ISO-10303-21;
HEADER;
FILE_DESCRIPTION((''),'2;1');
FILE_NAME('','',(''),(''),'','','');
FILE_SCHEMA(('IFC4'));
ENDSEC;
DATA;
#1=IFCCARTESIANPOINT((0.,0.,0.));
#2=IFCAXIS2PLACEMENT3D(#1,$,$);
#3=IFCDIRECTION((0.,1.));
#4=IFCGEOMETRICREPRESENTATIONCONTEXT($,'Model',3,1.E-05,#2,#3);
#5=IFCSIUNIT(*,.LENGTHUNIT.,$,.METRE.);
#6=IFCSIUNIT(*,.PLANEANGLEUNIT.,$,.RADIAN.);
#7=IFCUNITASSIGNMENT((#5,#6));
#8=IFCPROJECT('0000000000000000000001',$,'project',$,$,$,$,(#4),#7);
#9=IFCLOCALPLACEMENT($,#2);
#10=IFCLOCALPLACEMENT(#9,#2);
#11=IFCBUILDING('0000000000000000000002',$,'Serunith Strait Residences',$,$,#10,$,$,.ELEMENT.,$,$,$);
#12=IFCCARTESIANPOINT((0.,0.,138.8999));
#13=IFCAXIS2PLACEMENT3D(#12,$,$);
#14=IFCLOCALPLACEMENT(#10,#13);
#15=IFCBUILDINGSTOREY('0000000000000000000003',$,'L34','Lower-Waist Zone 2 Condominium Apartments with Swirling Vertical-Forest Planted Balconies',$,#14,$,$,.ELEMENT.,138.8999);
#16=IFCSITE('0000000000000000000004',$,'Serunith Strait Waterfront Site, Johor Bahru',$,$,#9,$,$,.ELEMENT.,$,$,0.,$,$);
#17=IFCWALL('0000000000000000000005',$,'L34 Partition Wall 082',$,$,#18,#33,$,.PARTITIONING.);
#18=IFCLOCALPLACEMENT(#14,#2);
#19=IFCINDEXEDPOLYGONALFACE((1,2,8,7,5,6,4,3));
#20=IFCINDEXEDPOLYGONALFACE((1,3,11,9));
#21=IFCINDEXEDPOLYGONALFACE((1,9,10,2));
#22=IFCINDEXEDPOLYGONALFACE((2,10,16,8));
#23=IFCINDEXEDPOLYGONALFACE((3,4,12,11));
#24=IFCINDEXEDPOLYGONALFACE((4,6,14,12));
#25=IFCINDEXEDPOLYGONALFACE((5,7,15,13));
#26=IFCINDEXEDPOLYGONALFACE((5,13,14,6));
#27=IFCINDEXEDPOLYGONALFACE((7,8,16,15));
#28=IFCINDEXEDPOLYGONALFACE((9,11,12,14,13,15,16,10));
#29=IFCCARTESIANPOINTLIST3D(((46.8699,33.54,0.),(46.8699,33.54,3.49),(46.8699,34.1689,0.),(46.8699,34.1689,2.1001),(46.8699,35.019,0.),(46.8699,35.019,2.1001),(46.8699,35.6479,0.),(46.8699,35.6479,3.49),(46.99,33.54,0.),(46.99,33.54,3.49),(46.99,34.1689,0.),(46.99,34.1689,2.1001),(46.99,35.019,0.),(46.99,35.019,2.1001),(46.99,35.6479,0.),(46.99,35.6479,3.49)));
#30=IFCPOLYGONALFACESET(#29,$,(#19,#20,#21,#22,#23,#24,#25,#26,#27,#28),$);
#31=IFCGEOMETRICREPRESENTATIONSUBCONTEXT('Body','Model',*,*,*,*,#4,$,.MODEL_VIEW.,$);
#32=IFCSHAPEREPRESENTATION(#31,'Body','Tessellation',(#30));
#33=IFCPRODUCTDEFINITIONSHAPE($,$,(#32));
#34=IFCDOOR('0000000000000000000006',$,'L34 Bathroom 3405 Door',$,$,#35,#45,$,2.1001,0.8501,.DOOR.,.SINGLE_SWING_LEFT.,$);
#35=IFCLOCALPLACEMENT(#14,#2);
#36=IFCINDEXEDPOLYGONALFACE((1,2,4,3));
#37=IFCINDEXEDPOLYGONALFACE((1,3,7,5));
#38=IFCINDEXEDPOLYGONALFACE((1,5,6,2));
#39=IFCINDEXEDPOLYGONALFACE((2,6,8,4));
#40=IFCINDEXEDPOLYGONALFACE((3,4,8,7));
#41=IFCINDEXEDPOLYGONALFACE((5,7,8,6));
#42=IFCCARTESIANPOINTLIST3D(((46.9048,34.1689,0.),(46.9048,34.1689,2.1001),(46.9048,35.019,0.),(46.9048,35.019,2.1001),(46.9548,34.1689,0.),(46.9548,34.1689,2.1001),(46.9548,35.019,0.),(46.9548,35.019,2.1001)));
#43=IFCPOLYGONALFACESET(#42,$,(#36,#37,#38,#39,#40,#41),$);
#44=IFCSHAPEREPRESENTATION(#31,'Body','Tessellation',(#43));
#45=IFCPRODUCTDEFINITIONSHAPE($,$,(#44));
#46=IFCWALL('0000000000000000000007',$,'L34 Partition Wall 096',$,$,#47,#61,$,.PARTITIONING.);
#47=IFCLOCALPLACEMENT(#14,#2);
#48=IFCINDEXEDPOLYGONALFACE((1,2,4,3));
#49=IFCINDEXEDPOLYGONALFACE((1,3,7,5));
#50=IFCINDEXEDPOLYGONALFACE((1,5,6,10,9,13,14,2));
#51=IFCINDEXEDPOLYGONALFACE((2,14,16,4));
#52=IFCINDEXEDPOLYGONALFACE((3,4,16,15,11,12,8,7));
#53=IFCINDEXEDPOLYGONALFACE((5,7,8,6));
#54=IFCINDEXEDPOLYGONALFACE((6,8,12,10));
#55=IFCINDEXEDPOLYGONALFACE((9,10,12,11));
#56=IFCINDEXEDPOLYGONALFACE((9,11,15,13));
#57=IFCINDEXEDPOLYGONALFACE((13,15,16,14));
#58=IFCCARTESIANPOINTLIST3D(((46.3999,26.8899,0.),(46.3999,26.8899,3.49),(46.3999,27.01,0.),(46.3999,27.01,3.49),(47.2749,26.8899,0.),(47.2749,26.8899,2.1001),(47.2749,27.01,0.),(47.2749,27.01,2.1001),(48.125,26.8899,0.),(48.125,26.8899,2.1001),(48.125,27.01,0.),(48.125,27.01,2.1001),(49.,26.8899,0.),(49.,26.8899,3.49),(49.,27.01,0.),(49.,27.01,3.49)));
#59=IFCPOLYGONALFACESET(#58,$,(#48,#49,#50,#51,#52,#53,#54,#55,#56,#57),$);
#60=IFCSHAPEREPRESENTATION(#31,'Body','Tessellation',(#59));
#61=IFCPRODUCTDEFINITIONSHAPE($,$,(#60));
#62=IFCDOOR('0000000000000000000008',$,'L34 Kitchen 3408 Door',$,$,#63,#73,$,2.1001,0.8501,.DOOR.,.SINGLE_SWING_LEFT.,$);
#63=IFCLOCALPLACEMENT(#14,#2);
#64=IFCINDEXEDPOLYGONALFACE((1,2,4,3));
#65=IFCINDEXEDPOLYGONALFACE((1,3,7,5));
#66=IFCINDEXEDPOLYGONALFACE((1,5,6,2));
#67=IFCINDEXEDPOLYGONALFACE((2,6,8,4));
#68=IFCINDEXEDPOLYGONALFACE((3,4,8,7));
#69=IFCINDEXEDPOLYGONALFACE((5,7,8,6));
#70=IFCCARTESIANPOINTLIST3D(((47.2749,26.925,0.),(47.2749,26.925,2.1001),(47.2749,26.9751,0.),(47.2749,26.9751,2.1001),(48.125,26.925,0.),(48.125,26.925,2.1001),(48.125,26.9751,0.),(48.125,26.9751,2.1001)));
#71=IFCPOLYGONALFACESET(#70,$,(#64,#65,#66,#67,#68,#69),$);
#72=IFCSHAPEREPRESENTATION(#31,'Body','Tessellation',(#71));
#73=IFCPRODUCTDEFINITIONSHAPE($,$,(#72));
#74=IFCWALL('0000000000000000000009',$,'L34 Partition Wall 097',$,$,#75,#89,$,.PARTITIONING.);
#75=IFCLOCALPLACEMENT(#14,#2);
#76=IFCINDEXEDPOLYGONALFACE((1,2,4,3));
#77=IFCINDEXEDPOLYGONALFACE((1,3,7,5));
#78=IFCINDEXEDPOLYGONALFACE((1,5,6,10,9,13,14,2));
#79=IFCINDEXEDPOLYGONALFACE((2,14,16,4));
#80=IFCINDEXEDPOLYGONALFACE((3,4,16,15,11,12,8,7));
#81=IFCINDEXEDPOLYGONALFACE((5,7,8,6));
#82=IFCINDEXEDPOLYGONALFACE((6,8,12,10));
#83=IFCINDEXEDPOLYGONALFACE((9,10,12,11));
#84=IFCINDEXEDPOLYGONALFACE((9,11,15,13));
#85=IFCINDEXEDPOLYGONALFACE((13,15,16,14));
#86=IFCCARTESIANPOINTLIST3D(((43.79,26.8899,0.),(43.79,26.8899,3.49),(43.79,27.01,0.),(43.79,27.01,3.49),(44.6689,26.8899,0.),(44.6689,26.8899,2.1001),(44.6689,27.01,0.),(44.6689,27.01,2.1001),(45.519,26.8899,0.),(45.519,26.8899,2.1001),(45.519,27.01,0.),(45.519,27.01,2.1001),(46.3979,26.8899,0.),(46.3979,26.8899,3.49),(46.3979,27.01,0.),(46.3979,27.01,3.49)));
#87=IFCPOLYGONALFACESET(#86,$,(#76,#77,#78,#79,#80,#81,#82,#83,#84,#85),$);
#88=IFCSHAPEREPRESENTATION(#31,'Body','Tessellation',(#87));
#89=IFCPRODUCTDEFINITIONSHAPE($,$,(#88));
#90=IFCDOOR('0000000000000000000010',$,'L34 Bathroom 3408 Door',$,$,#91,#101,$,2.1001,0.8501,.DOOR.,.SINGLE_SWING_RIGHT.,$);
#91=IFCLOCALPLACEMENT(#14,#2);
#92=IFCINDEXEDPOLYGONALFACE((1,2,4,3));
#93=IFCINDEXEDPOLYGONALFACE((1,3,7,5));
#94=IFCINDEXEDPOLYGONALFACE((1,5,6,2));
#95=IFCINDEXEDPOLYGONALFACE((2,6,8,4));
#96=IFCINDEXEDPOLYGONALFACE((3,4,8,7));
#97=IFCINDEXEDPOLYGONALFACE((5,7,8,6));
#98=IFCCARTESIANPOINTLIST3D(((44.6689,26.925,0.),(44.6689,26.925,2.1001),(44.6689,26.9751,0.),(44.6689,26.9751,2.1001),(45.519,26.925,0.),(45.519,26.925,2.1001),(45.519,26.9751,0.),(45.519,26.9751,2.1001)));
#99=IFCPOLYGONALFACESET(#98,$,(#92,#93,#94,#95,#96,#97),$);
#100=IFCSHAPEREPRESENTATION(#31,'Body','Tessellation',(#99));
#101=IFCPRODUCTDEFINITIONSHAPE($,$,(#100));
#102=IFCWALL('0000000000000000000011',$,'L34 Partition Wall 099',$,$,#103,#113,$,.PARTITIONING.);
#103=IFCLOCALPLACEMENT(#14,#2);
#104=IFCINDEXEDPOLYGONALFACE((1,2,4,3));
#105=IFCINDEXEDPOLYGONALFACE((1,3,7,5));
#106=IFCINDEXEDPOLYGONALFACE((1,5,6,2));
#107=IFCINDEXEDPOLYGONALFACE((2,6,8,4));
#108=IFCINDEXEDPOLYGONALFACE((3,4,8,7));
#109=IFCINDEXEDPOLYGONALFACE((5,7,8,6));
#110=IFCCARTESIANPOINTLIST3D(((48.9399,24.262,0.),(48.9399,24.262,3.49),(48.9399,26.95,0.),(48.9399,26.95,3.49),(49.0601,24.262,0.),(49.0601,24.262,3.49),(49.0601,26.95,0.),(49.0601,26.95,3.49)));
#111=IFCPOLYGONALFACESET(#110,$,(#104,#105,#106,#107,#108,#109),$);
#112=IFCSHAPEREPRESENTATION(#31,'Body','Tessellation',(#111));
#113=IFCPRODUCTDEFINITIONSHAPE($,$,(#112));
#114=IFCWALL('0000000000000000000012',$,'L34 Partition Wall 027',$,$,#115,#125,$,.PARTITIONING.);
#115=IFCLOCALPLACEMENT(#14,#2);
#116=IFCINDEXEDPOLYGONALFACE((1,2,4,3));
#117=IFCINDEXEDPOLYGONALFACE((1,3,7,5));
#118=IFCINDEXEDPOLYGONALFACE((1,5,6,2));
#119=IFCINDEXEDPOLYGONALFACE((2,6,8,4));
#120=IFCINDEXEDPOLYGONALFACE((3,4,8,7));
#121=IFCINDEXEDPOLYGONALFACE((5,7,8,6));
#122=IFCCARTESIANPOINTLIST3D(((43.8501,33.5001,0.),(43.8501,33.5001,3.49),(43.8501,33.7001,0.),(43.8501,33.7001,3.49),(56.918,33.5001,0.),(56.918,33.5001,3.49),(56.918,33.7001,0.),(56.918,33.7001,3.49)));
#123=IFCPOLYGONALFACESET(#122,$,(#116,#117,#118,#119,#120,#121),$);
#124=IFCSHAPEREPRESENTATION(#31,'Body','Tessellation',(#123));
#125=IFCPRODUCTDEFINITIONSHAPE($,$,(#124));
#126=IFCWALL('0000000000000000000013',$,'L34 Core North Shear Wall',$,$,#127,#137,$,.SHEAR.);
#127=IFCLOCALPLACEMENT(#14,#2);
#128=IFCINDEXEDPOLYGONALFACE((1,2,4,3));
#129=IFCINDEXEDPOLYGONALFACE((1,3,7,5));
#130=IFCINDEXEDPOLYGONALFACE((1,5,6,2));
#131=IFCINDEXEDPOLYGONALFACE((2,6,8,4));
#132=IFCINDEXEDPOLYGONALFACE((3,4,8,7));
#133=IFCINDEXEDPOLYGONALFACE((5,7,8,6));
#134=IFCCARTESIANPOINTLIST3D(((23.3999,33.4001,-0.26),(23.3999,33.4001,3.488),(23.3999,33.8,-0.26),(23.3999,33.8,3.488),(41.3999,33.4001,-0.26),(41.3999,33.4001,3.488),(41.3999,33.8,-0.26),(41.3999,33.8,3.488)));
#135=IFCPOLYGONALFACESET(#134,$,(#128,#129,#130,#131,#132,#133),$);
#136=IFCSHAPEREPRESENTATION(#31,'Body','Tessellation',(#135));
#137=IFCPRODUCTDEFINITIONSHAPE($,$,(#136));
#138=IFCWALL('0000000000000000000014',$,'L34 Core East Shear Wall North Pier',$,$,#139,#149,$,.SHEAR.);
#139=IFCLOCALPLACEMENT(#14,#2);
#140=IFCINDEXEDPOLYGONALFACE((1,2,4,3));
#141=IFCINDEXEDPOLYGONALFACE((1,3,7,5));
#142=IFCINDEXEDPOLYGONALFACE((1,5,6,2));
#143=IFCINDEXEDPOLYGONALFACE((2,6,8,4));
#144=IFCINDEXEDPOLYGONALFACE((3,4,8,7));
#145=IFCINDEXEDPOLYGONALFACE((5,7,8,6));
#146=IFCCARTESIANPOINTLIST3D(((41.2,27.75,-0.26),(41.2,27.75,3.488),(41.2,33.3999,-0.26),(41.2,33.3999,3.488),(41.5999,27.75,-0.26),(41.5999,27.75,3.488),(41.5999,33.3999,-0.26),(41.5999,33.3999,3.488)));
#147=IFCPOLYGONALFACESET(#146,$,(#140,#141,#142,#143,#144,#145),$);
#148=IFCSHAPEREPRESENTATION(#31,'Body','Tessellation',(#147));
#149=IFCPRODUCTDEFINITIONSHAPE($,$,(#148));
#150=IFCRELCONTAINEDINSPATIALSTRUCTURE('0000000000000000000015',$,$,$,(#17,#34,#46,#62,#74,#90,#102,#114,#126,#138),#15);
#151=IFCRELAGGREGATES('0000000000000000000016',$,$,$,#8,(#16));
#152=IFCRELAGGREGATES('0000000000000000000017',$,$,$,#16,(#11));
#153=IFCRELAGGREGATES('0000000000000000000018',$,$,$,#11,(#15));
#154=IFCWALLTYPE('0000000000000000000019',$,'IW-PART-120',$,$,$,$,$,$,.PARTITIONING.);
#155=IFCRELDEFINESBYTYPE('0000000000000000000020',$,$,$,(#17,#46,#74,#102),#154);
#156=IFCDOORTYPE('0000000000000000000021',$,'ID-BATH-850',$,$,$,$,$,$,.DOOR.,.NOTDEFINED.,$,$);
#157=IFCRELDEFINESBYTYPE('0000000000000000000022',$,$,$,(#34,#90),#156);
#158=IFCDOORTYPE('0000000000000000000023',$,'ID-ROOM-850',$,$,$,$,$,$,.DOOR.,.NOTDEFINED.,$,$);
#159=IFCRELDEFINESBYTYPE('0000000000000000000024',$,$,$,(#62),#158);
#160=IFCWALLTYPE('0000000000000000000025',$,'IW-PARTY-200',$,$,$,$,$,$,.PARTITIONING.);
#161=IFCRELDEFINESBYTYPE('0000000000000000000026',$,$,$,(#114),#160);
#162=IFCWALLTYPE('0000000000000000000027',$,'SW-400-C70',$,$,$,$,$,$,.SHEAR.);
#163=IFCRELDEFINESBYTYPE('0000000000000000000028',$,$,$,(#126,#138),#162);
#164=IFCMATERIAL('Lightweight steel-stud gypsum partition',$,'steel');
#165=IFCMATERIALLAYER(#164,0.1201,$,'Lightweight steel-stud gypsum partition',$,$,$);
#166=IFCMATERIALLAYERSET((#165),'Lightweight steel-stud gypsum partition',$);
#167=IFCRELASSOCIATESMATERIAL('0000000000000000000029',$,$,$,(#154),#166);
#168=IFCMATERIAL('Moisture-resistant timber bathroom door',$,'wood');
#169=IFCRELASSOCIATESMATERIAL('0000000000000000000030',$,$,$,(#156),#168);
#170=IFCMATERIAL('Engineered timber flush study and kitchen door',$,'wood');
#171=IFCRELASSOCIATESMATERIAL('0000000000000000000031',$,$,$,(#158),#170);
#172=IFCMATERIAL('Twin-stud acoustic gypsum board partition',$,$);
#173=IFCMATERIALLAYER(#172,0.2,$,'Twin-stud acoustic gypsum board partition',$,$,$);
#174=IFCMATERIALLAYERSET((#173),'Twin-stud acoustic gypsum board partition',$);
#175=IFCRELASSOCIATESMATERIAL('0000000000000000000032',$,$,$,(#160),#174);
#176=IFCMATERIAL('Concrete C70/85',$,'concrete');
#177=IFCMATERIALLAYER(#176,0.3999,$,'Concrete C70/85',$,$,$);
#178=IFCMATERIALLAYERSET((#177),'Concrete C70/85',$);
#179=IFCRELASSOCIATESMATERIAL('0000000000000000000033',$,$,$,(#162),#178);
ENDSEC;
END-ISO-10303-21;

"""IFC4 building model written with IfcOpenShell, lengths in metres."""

from ifc_helpers import new_model, si_unit, direction, frame, frame_2d, origin, place, context, subcontext, project, spatial, rectangle, extrude, source, transform, mapped, material, layer, layer_set, type_object, element, fill, save


model = new_model("IFC4")

# Units and contexts
model_context = context("Model", 3, precision=1e-05, world=origin(), true_north=direction((0.0, 1.0)))
body_context = subcontext(model_context, "Body", "Model", "MODEL_VIEW")
ifc_project = project(units=[si_unit("LENGTHUNIT", "METRE"), si_unit("PLANEANGLEUNIT", "RADIAN")], contexts=[model_context])

# Site, building, storey
site_placement = place(None, origin())
site = spatial("IfcSite", under=ifc_project, at=site_placement, Name="Serunith Strait Waterfront Site, Johor Bahru", CompositionType="ELEMENT", RefElevation=0.0)
building_placement = place(site_placement, origin())
building = spatial("IfcBuilding", under=site, at=building_placement, Name="Serunith Strait Residences", CompositionType="ELEMENT")
storey_placement = place(building_placement, frame((0.0, 0.0, 138.8999)))
storey = spatial("IfcBuildingStorey", under=building, at=storey_placement, Name="L34", Description="Lower-Waist Zone 2 Condominium Apartments with Swirling Vertical-Forest Planted Balconies", CompositionType="ELEMENT", Elevation=138.8999)

# Shared definitions
ifc_material_1 = material(Name="Lightweight steel-stud gypsum partition", Category="steel")
ifc_layer_1 = layer(ifc_material_1, 0.1201, Name="Lightweight steel-stud gypsum partition")
ifc_layer_set_1 = layer_set([ifc_layer_1], Name="Lightweight steel-stud gypsum partition")
wall_type_1 = type_object("IfcWallType", Name="IW-PART-120", PredefinedType="PARTITIONING", material=ifc_layer_set_1)

# Walls, openings, doors
wall_1_placement = place(storey_placement, frame((46.9299, 35.6479, 0.0), z_axis=(0.0, 0.0, 1.0), x_axis=(0.0, -1.0, 0.0)))
wall_1 = element("IfcWall", 1, at=wall_1_placement, inside=storey, type_object=wall_type_1, Name="L34 Partition Wall 082", PredefinedType="PARTITIONING", context=body_context, shape_type="SweptSolid", body=[
    extrude(rectangle(XDim=2.1079, YDim=0.1201, at=frame_2d((1.054, 0.0))), origin(), (0.0, 0.0, 1.0), 3.49),
])
opening_1_placement = place(wall_1_placement, frame((0.6289, 0.0, 0.0)))
opening_1 = element("IfcOpeningElement", 2, at=opening_1_placement, cuts=wall_1, PredefinedType="OPENING", context=body_context, shape_type="SweptSolid", body=[
    extrude(rectangle(XDim=0.8501, YDim=2.1001, at=frame_2d((0.425, 1.05))), frame((0.0, 0.0701, 0.0), z_axis=(0.0, -1.0, 0.0), x_axis=(1.0, 0.0, 0.0)), (0.0, 0.0, 1.0), 0.1401),
])
ifc_material_2 = material(Name="Moisture-resistant timber bathroom door", Category="wood")
door_type_1 = type_object("IfcDoorType", Name="ID-BATH-850", OperationType="NOTDEFINED", PredefinedType="DOOR", material=ifc_material_2)
shared_shape_1 = source(origin(), body_context, "Body", "SweptSolid", [
    extrude(rectangle(XDim=0.8501, YDim=2.1001, at=frame_2d((0.425, 1.05))), frame((0.0, 0.0249, 0.0), z_axis=(0.0, -1.0, 0.0), x_axis=(1.0, 0.0, 0.0)), (0.0, 0.0, 1.0), 0.05),
])
door_1_placement = place(opening_1_placement, origin())
door_1 = element("IfcDoor", 3, at=door_1_placement, inside=storey, type_object=door_type_1, Name="L34 Bathroom 3405 Door", OperationType="SINGLE_SWING_LEFT", OverallHeight=2.1001, OverallWidth=0.8501, PredefinedType="DOOR", context=body_context, shape_type="MappedRepresentation", body=[
    mapped(shared_shape_1, transform((0.0, 0.0, 0.0), scale=1.0)),
])
fill(opening_1, door_1)
wall_2_placement = place(storey_placement, frame((49.0, 26.95, 0.0), z_axis=(0.0, 0.0, 1.0), x_axis=(-1.0, 0.0, 0.0)))
wall_2 = element("IfcWall", 4, at=wall_2_placement, inside=storey, type_object=wall_type_1, Name="L34 Partition Wall 096", PredefinedType="PARTITIONING", context=body_context, shape_type="SweptSolid", body=[
    extrude(rectangle(XDim=2.6001, YDim=0.1201, at=frame_2d((1.3, 0.0))), origin(), (0.0, 0.0, 1.0), 3.49),
])
opening_2_placement = place(wall_2_placement, frame((0.875, 0.0, 0.0)))
opening_2 = element("IfcOpeningElement", 5, at=opening_2_placement, cuts=wall_2, PredefinedType="OPENING", context=body_context, shape_type="SweptSolid", body=[
    extrude(rectangle(XDim=0.8501, YDim=2.1001, at=frame_2d((0.425, 1.05))), frame((0.0, 0.0701, 0.0), z_axis=(0.0, -1.0, 0.0), x_axis=(1.0, 0.0, 0.0)), (0.0, 0.0, 1.0), 0.1401),
])
ifc_material_3 = material(Name="Engineered timber flush study and kitchen door", Category="wood")
door_type_2 = type_object("IfcDoorType", Name="ID-ROOM-850", OperationType="NOTDEFINED", PredefinedType="DOOR", material=ifc_material_3)
door_2_placement = place(opening_2_placement, origin())
door_2 = element("IfcDoor", 6, at=door_2_placement, inside=storey, type_object=door_type_2, Name="L34 Kitchen 3408 Door", OperationType="SINGLE_SWING_LEFT", OverallHeight=2.1001, OverallWidth=0.8501, PredefinedType="DOOR", context=body_context, shape_type="MappedRepresentation", body=[
    mapped(shared_shape_1, transform((0.0, 0.0, 0.0), scale=1.0)),
])
fill(opening_2, door_2)
wall_3_placement = place(storey_placement, frame((46.3979, 26.95, 0.0), z_axis=(0.0, 0.0, 1.0), x_axis=(-1.0, 0.0, 0.0)))
wall_3 = element("IfcWall", 7, at=wall_3_placement, inside=storey, type_object=wall_type_1, Name="L34 Partition Wall 097", PredefinedType="PARTITIONING", context=body_context, shape_type="SweptSolid", body=[
    extrude(rectangle(XDim=2.6079, YDim=0.1201, at=frame_2d((1.304, 0.0))), origin(), (0.0, 0.0, 1.0), 3.49),
])
opening_3_placement = place(wall_3_placement, frame((0.8789, 0.0, 0.0)))
opening_3 = element("IfcOpeningElement", 8, at=opening_3_placement, cuts=wall_3, PredefinedType="OPENING", context=body_context, shape_type="SweptSolid", body=[
    extrude(rectangle(XDim=0.8501, YDim=2.1001, at=frame_2d((0.425, 1.05))), frame((0.0, 0.0701, 0.0), z_axis=(0.0, -1.0, 0.0), x_axis=(1.0, 0.0, 0.0)), (0.0, 0.0, 1.0), 0.1401),
])
door_3_placement = place(opening_3_placement, origin())
door_3 = element("IfcDoor", 9, at=door_3_placement, inside=storey, type_object=door_type_1, Name="L34 Bathroom 3408 Door", OperationType="SINGLE_SWING_RIGHT", OverallHeight=2.1001, OverallWidth=0.8501, PredefinedType="DOOR", context=body_context, shape_type="MappedRepresentation", body=[
    mapped(shared_shape_1, transform((0.0, 0.0, 0.0), scale=1.0)),
])
fill(opening_3, door_3)

# Walls
wall_4_placement = place(storey_placement, frame((49.0, 24.262, 0.0), z_axis=(0.0, 0.0, 1.0), x_axis=(0.0, 1.0, 0.0)))
element("IfcWall", 10, at=wall_4_placement, inside=storey, type_object=wall_type_1, Name="L34 Partition Wall 099", PredefinedType="PARTITIONING", context=body_context, shape_type="SweptSolid", body=[
    extrude(rectangle(XDim=2.688, YDim=0.1201, at=frame_2d((1.344, 0.0))), origin(), (0.0, 0.0, 1.0), 3.49),
])
ifc_material_4 = material(Name="Twin-stud acoustic gypsum board partition")
ifc_layer_2 = layer(ifc_material_4, 0.2, Name="Twin-stud acoustic gypsum board partition")
ifc_layer_set_2 = layer_set([ifc_layer_2], Name="Twin-stud acoustic gypsum board partition")
wall_type_2 = type_object("IfcWallType", Name="IW-PARTY-200", PredefinedType="PARTITIONING", material=ifc_layer_set_2)
wall_5_placement = place(storey_placement, frame((43.8501, 33.6001, 0.0), z_axis=(0.0, 0.0, 1.0), x_axis=(1.0, 0.0, 0.0)))
element("IfcWall", 11, at=wall_5_placement, inside=storey, type_object=wall_type_2, Name="L34 Partition Wall 027", PredefinedType="PARTITIONING", context=body_context, shape_type="SweptSolid", body=[
    extrude(rectangle(XDim=13.0679, YDim=0.2, at=frame_2d((6.5339, 0.0))), origin(), (0.0, 0.0, 1.0), 3.49),
])
ifc_material_5 = material(Name="Concrete C70/85", Category="concrete")
ifc_layer_3 = layer(ifc_material_5, 0.3999, Name="Concrete C70/85")
ifc_layer_set_3 = layer_set([ifc_layer_3], Name="Concrete C70/85")
wall_type_3 = type_object("IfcWallType", Name="SW-400-C70", PredefinedType="SHEAR", material=ifc_layer_set_3)
wall_6_placement = place(storey_placement, frame((41.3999, 33.6001, -0.26), z_axis=(0.0, 0.0, 1.0), x_axis=(-1.0, 0.0, 0.0)))
element("IfcWall", 12, at=wall_6_placement, inside=storey, type_object=wall_type_3, Name="L34 Core North Shear Wall", PredefinedType="SHEAR", context=body_context, shape_type="SweptSolid", body=[
    extrude(rectangle(XDim=18.0, YDim=0.3999, at=frame_2d((9.0, 0.0))), origin(), (0.0, 0.0, 1.0), 3.748),
])
wall_7_placement = place(storey_placement, frame((41.3999, 27.75, -0.26), z_axis=(0.0, 0.0, 1.0), x_axis=(0.0, 1.0, 0.0)))
element("IfcWall", 13, at=wall_7_placement, inside=storey, type_object=wall_type_3, Name="L34 Core East Shear Wall North Pier", PredefinedType="SHEAR", context=body_context, shape_type="SweptSolid", body=[
    extrude(rectangle(XDim=5.6499, YDim=0.3999, at=frame_2d((2.825, 0.0))), origin(), (0.0, 0.0, 1.0), 3.748),
])

save(model, "model.ifc")
